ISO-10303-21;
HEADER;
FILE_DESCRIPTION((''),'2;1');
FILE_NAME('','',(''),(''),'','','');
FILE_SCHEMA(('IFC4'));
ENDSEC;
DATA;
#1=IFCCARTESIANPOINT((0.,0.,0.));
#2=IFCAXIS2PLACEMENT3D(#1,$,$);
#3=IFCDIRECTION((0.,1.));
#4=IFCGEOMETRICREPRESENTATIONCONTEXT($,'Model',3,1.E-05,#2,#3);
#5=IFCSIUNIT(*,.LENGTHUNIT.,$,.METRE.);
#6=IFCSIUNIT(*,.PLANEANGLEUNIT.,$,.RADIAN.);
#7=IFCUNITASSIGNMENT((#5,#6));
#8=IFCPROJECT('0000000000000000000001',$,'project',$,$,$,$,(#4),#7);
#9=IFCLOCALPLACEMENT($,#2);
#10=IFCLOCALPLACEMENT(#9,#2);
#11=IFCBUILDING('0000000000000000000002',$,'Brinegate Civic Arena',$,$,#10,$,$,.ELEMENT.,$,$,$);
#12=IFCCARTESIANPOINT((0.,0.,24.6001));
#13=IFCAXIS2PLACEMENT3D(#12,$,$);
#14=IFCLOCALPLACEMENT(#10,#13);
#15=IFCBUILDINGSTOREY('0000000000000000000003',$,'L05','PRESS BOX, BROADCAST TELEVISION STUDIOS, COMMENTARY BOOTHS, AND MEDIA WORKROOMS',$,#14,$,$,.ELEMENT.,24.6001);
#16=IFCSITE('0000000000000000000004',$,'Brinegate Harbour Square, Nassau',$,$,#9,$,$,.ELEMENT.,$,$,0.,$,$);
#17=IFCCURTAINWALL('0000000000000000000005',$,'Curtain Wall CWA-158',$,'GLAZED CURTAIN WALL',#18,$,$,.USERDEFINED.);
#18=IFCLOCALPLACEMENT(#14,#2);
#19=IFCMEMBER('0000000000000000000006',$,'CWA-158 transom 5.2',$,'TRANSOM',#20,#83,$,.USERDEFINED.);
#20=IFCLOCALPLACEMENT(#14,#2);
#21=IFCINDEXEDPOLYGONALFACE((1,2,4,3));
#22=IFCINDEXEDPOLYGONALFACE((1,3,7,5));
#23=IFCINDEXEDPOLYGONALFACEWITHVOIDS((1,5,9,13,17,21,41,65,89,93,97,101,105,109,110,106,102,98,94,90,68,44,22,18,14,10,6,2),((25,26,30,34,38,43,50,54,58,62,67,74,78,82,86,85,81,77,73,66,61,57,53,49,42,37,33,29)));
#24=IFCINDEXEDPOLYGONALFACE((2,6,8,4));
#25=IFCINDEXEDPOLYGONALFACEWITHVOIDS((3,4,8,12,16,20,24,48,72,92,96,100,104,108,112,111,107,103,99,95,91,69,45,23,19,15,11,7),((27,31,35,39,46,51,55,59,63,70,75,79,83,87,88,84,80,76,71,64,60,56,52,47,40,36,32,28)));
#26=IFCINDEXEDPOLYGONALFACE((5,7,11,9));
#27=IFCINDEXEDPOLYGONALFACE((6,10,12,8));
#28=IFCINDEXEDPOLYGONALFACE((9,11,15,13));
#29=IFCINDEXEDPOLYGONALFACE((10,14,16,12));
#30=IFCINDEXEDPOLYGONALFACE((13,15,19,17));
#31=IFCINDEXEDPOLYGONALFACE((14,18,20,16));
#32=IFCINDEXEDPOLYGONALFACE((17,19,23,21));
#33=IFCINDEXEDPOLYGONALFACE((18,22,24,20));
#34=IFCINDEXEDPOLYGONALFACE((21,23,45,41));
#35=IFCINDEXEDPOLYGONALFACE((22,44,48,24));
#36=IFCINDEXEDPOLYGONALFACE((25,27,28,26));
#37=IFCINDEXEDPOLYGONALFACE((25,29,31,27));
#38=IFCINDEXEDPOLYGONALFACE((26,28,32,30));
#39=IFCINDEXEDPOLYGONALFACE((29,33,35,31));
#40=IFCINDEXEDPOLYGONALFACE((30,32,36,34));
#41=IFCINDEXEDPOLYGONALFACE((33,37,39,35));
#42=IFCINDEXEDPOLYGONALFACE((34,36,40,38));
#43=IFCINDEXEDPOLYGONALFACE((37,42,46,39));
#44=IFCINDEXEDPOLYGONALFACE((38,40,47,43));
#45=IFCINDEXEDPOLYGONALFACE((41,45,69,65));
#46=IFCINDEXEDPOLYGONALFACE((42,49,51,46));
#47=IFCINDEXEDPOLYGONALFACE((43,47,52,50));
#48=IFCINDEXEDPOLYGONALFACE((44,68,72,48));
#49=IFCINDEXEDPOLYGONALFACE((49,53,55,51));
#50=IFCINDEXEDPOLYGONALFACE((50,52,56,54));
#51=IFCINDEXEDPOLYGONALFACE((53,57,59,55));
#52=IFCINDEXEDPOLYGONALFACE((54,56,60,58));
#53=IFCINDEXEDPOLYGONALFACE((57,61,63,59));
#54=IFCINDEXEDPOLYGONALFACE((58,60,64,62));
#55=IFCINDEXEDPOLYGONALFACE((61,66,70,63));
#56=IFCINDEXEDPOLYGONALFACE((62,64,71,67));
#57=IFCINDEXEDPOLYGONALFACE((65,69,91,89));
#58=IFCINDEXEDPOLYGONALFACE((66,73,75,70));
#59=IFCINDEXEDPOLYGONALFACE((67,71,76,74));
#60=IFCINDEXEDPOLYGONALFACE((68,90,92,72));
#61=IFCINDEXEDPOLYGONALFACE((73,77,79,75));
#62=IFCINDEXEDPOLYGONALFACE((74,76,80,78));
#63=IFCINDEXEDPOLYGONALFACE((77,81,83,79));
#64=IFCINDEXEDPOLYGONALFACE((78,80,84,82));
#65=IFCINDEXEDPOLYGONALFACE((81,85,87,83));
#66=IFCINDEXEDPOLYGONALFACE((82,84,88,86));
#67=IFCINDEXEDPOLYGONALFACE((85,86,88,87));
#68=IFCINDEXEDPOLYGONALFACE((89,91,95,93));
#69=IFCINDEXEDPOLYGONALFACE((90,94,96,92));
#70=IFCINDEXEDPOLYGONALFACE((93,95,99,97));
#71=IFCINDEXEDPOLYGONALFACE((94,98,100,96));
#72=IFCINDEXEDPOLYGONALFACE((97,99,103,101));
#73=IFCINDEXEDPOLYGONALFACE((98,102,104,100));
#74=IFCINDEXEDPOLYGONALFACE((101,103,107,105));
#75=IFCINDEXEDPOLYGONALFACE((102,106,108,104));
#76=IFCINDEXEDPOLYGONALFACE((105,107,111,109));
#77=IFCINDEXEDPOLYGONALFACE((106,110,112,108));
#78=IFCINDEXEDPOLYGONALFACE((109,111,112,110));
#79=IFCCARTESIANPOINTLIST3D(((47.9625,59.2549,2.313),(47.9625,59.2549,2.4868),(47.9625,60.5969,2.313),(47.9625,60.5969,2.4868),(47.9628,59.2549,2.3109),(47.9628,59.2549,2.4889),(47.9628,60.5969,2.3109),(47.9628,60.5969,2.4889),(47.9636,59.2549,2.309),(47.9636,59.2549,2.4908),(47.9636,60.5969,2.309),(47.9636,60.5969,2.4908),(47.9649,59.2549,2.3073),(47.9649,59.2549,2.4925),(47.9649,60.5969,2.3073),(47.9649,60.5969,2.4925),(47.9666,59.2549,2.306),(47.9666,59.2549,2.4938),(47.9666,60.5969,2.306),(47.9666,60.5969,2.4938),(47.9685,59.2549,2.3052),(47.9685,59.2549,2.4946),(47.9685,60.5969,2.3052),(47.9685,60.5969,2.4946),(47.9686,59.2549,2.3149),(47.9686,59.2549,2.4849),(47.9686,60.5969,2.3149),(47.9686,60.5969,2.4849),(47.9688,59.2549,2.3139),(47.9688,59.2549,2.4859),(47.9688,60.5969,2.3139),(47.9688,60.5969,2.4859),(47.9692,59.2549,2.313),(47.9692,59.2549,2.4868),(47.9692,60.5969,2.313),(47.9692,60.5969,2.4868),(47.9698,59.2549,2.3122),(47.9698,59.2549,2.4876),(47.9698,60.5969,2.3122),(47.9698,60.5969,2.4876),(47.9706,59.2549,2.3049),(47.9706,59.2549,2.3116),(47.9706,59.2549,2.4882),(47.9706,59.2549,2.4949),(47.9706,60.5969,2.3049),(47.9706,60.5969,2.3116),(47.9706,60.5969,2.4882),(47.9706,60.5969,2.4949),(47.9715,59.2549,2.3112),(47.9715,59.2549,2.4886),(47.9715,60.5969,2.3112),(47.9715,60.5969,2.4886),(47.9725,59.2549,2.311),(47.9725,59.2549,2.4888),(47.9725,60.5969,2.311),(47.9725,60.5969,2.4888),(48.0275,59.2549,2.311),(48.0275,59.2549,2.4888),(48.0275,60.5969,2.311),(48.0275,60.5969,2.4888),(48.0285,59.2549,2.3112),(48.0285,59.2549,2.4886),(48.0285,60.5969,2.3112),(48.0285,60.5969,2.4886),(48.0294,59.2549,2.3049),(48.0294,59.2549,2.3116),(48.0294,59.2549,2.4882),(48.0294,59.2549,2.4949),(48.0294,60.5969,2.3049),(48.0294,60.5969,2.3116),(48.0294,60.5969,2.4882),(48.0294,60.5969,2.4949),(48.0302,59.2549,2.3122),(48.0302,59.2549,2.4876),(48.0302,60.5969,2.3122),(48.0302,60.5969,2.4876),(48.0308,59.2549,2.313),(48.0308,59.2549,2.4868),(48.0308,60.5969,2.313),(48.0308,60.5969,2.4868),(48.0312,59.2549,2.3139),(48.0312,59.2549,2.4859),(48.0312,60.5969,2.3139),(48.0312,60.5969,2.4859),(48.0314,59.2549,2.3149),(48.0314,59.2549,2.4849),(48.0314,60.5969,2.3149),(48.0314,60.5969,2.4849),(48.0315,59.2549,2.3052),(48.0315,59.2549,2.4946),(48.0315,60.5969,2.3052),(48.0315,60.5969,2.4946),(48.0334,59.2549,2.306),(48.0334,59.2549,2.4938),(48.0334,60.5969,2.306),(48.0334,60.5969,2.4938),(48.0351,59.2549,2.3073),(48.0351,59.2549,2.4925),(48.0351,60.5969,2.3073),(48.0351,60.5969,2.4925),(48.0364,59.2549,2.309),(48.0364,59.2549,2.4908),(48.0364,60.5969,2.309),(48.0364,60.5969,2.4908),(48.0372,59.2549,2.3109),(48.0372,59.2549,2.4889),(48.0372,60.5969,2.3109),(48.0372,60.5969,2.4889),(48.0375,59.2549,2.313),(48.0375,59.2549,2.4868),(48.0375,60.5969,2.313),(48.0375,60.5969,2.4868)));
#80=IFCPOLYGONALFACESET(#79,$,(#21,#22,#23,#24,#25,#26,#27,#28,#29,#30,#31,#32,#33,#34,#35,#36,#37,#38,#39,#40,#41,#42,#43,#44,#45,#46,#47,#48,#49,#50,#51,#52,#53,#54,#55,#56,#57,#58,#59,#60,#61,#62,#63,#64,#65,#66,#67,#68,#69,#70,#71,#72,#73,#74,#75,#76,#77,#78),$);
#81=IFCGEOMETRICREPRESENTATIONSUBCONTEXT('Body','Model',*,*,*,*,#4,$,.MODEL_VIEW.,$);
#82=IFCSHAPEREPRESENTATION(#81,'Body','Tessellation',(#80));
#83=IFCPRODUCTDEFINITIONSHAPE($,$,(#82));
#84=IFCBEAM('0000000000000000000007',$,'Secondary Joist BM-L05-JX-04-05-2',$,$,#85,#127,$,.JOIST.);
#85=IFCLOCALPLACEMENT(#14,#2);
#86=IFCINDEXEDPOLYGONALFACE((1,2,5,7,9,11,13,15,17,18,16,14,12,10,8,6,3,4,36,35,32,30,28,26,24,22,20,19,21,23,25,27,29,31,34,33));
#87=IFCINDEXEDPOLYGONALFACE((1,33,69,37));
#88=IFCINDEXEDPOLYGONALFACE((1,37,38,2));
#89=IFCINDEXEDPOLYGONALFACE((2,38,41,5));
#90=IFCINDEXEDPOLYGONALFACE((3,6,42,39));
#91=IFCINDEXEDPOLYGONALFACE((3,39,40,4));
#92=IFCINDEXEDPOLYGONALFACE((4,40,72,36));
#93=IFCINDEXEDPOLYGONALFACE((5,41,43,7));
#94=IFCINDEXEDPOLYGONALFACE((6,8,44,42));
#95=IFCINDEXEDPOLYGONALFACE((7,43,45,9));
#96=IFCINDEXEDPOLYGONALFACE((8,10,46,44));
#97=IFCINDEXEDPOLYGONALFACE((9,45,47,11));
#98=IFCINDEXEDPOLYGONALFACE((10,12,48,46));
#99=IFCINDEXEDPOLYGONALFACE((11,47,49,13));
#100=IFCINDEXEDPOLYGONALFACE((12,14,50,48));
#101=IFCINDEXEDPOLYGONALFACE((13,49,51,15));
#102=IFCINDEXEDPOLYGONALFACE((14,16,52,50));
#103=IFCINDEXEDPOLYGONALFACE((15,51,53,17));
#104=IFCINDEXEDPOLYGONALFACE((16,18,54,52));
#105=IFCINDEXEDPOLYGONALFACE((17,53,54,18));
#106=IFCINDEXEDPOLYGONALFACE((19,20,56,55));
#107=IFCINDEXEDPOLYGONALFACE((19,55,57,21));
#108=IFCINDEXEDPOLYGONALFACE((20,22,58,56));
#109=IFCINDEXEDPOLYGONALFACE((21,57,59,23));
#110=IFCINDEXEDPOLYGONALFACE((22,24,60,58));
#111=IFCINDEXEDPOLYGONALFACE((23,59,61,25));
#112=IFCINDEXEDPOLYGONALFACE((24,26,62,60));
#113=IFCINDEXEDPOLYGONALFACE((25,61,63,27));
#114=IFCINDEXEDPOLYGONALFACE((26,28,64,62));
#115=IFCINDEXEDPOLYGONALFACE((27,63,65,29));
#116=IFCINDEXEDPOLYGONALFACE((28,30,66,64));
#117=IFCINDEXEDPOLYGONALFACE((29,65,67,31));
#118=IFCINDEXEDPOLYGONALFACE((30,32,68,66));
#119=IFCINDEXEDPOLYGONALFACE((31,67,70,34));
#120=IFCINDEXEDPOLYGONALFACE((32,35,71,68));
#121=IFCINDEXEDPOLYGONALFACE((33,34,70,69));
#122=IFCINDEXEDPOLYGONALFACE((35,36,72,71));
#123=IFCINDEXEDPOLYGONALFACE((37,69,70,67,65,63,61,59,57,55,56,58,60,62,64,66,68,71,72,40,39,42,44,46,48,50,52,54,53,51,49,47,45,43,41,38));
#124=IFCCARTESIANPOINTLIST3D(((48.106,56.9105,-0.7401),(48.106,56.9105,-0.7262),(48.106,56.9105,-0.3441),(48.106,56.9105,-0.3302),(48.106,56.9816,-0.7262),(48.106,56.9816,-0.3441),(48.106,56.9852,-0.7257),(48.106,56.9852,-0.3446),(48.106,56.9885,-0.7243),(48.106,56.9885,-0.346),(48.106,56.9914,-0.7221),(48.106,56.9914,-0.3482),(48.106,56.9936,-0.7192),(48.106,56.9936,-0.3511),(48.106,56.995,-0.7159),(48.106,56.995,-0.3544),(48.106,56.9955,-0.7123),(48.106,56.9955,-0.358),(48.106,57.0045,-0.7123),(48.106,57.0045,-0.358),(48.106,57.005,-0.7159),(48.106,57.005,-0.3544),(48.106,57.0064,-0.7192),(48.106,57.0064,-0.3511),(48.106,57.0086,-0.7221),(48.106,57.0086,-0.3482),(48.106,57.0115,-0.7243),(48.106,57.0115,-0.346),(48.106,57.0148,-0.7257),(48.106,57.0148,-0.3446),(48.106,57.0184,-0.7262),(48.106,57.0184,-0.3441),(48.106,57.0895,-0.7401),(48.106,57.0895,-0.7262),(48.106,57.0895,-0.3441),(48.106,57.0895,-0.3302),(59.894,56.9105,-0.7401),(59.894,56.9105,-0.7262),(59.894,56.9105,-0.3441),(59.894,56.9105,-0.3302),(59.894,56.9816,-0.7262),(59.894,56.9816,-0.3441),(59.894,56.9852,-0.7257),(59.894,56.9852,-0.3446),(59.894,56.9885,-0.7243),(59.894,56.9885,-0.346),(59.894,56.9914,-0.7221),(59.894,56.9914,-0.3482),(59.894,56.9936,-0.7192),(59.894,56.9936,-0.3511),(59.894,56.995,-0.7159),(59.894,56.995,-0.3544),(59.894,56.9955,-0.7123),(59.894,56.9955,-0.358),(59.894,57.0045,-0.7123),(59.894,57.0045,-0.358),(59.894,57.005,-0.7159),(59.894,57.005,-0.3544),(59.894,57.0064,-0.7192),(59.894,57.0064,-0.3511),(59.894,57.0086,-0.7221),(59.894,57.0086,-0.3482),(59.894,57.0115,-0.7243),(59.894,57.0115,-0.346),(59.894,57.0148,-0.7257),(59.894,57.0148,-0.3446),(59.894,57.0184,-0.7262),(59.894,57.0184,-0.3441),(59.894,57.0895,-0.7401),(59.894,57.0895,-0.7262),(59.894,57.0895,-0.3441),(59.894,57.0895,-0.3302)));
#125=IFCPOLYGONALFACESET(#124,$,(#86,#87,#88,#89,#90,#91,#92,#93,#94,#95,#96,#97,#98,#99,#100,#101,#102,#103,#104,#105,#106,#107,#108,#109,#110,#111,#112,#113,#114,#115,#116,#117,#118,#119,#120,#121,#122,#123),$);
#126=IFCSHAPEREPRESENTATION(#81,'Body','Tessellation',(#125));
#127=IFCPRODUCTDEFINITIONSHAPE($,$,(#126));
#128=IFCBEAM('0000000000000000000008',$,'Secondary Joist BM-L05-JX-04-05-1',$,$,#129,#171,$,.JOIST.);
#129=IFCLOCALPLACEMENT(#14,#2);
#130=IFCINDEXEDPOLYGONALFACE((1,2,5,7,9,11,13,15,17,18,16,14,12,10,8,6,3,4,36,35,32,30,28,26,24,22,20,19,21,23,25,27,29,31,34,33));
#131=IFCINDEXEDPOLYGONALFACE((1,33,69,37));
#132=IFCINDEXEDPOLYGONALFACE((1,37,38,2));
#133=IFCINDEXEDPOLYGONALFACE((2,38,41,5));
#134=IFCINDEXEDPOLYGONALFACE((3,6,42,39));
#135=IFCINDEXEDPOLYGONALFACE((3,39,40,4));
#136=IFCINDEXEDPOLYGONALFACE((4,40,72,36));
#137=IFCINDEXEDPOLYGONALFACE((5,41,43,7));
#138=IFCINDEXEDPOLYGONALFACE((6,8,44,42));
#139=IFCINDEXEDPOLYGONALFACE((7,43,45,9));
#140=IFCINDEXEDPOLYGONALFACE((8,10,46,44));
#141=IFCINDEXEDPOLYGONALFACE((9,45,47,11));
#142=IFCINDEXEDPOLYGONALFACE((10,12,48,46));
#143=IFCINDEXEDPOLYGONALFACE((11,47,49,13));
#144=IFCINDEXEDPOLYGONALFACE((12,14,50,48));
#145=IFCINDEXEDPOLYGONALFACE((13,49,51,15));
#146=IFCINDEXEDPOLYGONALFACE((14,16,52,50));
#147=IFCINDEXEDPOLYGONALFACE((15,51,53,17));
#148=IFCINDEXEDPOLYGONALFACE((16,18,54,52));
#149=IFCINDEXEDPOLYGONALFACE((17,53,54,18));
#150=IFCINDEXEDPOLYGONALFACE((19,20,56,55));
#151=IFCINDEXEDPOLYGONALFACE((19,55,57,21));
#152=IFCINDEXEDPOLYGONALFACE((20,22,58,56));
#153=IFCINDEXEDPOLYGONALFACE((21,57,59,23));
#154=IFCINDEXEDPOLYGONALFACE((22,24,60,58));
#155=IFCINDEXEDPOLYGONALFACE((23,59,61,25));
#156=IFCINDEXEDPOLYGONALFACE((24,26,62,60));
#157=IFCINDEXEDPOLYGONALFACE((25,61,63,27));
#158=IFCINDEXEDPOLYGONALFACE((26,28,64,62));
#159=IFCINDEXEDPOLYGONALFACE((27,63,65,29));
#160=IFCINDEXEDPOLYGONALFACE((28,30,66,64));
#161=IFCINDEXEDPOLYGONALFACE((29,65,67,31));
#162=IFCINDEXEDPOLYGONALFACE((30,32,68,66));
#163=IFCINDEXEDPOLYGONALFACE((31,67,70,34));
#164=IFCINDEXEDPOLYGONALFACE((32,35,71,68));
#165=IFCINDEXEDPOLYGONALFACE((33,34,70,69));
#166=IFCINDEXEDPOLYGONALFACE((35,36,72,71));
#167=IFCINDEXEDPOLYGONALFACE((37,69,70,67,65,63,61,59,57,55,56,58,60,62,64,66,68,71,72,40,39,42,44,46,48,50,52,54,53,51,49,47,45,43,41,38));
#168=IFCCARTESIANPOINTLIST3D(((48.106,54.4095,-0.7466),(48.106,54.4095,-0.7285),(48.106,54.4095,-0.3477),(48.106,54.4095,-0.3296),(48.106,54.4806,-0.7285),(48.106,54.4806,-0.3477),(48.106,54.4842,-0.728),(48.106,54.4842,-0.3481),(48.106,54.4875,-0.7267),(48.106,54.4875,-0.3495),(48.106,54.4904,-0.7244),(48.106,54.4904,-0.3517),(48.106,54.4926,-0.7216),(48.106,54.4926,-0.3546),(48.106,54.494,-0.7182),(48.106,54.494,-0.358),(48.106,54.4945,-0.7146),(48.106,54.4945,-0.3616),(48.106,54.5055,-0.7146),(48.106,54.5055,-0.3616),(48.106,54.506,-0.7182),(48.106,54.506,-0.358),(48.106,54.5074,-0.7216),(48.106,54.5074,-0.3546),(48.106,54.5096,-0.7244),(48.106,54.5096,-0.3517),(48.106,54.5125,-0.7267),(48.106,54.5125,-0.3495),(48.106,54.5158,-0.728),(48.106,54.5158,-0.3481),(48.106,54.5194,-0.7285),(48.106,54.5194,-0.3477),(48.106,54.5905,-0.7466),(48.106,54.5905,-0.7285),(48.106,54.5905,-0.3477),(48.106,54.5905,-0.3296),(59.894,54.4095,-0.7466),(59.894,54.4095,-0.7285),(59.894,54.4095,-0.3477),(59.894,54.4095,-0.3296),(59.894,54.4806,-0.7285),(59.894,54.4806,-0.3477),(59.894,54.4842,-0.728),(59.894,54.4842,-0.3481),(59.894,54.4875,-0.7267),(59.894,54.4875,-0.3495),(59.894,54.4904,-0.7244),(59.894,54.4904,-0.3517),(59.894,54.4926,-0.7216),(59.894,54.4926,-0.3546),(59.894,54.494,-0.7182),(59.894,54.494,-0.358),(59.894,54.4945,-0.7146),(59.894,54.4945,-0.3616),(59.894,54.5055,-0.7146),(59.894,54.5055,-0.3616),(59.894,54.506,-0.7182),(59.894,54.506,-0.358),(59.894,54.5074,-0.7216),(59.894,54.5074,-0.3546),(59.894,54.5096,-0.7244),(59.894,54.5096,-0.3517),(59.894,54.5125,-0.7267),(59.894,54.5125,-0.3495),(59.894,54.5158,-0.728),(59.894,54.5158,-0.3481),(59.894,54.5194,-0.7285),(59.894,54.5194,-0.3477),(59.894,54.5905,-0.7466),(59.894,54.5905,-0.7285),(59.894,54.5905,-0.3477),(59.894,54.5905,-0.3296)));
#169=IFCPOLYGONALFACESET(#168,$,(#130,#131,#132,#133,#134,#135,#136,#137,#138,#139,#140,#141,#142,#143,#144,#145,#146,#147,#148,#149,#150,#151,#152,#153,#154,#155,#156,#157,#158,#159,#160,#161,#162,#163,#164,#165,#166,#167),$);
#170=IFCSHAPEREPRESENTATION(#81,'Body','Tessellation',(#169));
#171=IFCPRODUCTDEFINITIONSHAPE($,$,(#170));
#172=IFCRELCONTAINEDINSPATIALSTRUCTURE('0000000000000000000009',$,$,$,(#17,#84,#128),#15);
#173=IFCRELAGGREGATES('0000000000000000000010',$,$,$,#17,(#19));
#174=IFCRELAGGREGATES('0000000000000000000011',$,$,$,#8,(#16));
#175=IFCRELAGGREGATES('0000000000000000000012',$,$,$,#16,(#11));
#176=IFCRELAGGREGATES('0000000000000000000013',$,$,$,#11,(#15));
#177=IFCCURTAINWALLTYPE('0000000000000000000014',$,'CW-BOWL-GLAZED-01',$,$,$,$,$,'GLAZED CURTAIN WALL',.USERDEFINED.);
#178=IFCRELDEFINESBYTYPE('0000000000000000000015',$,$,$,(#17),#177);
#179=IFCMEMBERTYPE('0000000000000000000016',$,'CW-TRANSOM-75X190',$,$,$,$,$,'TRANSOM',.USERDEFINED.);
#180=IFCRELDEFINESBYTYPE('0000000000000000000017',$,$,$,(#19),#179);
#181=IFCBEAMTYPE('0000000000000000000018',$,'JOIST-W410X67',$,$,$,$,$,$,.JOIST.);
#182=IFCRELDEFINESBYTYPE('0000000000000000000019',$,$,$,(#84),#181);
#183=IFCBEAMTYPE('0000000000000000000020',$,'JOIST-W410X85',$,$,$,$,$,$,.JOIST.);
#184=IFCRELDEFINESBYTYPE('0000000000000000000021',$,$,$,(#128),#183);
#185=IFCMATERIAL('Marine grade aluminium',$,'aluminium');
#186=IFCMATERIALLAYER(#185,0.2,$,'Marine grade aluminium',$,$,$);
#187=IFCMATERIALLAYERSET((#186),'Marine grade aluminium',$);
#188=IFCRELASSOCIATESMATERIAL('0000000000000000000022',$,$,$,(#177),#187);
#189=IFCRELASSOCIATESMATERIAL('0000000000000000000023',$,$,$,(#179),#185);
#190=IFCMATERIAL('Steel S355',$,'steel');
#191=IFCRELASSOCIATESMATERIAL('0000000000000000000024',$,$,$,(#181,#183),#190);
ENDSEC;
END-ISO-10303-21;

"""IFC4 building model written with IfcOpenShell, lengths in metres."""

from ifc_helpers import new_model, si_unit, direction, frame, origin, origin_2d, place, context, subcontext, project, spatial, hollow_rectangle, i_section, extrude, material, layer, layer_set, material_profile, profile_set, type_object, element, aggregate, save


model = new_model("IFC4")

# Units and contexts
model_context = context("Model", 3, precision=1e-05, world=origin(), true_north=direction((0.0, 1.0)))
body_context = subcontext(model_context, "Body", "Model", "MODEL_VIEW")
ifc_project = project(units=[si_unit("LENGTHUNIT", "METRE"), si_unit("PLANEANGLEUNIT", "RADIAN")], contexts=[model_context])

# Site, building, storey
site_placement = place(None, origin())
site = spatial("IfcSite", under=ifc_project, at=site_placement, Name="Brinegate Harbour Square, Nassau", CompositionType="ELEMENT", RefElevation=0.0)
building_placement = place(site_placement, origin())
building = spatial("IfcBuilding", under=site, at=building_placement, Name="Brinegate Civic Arena", CompositionType="ELEMENT")
storey_placement = place(building_placement, frame((0.0, 0.0, 24.6001)))
storey = spatial("IfcBuildingStorey", under=building, at=storey_placement, Name="L05", Description="PRESS BOX, BROADCAST TELEVISION STUDIOS, COMMENTARY BOOTHS, AND MEDIA WORKROOMS", CompositionType="ELEMENT", Elevation=24.6001)

# Curtain wall, member
ifc_material_1 = material(Name="Marine grade aluminium", Category="aluminium")
ifc_layer_1 = layer(ifc_material_1, 0.2, Name="Marine grade aluminium")
ifc_layer_set_1 = layer_set([ifc_layer_1], Name="Marine grade aluminium")
curtain_wall_type = type_object("IfcCurtainWallType", Name="CW-BOWL-GLAZED-01", ElementType="GLAZED CURTAIN WALL", PredefinedType="USERDEFINED", material=ifc_layer_set_1)
curtain_wall_placement = place(storey_placement, origin())
curtain_wall = element("IfcCurtainWall", 1, at=curtain_wall_placement, inside=storey, type_object=curtain_wall_type, Name="Curtain Wall CWA-158", ObjectType="GLAZED CURTAIN WALL", PredefinedType="USERDEFINED")
ifc_material_profile_1 = material_profile(ifc_material_1, hollow_rectangle(XDim=0.075, YDim=0.1899, WallThickness=0.0061, InnerFilletRadius=0.0039, OuterFilletRadius=0.0081, at=origin_2d()), Name="TRN75X190")
ifc_profile_set_1 = profile_set([ifc_material_profile_1], Name="Marine grade aluminium")
member_type_1 = type_object("IfcMemberType", Name="CW-TRANSOM-75X190", ElementType="TRANSOM", PredefinedType="USERDEFINED", material=ifc_profile_set_1)
member_1_placement = place(storey_placement, frame((48.0, 59.2549, 2.3999), z_axis=(0.0, 1.0, 0.0), x_axis=(-1.0, 0.0, 0.0)))
member_1 = element("IfcMember", 2, at=member_1_placement, type_object=member_type_1, Name="CWA-158 transom 5.2", ObjectType="TRANSOM", PredefinedType="USERDEFINED", context=body_context, shape_type="SweptSolid", body=[
    extrude(hollow_rectangle(XDim=0.075, YDim=0.1899, WallThickness=0.0061, InnerFilletRadius=0.0039, OuterFilletRadius=0.0081, at=origin_2d()), origin(), (0.0, 0.0, 1.0), 1.342),
])

# Beams
ifc_material_2 = material(Name="Steel S355", Category="steel")
ifc_material_profile_2 = material_profile(ifc_material_2, i_section(OverallWidth=0.179, OverallDepth=0.4099, WebThickness=0.009, FlangeThickness=0.0139, FilletRadius=0.0139, at=origin_2d()), Name="W410X67")
ifc_profile_set_2 = profile_set([ifc_material_profile_2], Name="Steel S355")
beam_type_1 = type_object("IfcBeamType", Name="JOIST-W410X67", PredefinedType="JOIST", material=ifc_profile_set_2)
beam_1_placement = place(storey_placement, frame((48.106, 57.0, -0.5352), z_axis=(1.0, 0.0, 0.0), x_axis=(0.0, 1.0, 0.0)))
element("IfcBeam", 3, at=beam_1_placement, inside=storey, type_object=beam_type_1, Name="Secondary Joist BM-L05-JX-04-05-2", PredefinedType="JOIST", context=body_context, shape_type="SweptSolid", body=[
    extrude(i_section(OverallWidth=0.179, OverallDepth=0.4099, WebThickness=0.009, FlangeThickness=0.0139, FilletRadius=0.0139, at=origin_2d()), origin(), (0.0, 0.0, 1.0), 11.7881),
])
ifc_material_profile_3 = material_profile(ifc_material_2, i_section(OverallWidth=0.1809, OverallDepth=0.417, WebThickness=0.011, FlangeThickness=0.0181, FilletRadius=0.0139, at=origin_2d()), Name="W410X85")
ifc_profile_set_3 = profile_set([ifc_material_profile_3], Name="Steel S355")
beam_type_2 = type_object("IfcBeamType", Name="JOIST-W410X85", PredefinedType="JOIST", material=ifc_profile_set_3)
beam_2_placement = place(storey_placement, frame((48.106, 54.5, -0.5381), z_axis=(1.0, 0.0, 0.0), x_axis=(0.0, 1.0, 0.0)))
element("IfcBeam", 4, at=beam_2_placement, inside=storey, type_object=beam_type_2, Name="Secondary Joist BM-L05-JX-04-05-1", PredefinedType="JOIST", context=body_context, shape_type="SweptSolid", body=[
    extrude(i_section(OverallWidth=0.1809, OverallDepth=0.417, WebThickness=0.011, FlangeThickness=0.0181, FilletRadius=0.0139, at=origin_2d()), origin(), (0.0, 0.0, 1.0), 11.7881),
])

aggregate(curtain_wall, [member_1])

save(model, "model.ifc")
